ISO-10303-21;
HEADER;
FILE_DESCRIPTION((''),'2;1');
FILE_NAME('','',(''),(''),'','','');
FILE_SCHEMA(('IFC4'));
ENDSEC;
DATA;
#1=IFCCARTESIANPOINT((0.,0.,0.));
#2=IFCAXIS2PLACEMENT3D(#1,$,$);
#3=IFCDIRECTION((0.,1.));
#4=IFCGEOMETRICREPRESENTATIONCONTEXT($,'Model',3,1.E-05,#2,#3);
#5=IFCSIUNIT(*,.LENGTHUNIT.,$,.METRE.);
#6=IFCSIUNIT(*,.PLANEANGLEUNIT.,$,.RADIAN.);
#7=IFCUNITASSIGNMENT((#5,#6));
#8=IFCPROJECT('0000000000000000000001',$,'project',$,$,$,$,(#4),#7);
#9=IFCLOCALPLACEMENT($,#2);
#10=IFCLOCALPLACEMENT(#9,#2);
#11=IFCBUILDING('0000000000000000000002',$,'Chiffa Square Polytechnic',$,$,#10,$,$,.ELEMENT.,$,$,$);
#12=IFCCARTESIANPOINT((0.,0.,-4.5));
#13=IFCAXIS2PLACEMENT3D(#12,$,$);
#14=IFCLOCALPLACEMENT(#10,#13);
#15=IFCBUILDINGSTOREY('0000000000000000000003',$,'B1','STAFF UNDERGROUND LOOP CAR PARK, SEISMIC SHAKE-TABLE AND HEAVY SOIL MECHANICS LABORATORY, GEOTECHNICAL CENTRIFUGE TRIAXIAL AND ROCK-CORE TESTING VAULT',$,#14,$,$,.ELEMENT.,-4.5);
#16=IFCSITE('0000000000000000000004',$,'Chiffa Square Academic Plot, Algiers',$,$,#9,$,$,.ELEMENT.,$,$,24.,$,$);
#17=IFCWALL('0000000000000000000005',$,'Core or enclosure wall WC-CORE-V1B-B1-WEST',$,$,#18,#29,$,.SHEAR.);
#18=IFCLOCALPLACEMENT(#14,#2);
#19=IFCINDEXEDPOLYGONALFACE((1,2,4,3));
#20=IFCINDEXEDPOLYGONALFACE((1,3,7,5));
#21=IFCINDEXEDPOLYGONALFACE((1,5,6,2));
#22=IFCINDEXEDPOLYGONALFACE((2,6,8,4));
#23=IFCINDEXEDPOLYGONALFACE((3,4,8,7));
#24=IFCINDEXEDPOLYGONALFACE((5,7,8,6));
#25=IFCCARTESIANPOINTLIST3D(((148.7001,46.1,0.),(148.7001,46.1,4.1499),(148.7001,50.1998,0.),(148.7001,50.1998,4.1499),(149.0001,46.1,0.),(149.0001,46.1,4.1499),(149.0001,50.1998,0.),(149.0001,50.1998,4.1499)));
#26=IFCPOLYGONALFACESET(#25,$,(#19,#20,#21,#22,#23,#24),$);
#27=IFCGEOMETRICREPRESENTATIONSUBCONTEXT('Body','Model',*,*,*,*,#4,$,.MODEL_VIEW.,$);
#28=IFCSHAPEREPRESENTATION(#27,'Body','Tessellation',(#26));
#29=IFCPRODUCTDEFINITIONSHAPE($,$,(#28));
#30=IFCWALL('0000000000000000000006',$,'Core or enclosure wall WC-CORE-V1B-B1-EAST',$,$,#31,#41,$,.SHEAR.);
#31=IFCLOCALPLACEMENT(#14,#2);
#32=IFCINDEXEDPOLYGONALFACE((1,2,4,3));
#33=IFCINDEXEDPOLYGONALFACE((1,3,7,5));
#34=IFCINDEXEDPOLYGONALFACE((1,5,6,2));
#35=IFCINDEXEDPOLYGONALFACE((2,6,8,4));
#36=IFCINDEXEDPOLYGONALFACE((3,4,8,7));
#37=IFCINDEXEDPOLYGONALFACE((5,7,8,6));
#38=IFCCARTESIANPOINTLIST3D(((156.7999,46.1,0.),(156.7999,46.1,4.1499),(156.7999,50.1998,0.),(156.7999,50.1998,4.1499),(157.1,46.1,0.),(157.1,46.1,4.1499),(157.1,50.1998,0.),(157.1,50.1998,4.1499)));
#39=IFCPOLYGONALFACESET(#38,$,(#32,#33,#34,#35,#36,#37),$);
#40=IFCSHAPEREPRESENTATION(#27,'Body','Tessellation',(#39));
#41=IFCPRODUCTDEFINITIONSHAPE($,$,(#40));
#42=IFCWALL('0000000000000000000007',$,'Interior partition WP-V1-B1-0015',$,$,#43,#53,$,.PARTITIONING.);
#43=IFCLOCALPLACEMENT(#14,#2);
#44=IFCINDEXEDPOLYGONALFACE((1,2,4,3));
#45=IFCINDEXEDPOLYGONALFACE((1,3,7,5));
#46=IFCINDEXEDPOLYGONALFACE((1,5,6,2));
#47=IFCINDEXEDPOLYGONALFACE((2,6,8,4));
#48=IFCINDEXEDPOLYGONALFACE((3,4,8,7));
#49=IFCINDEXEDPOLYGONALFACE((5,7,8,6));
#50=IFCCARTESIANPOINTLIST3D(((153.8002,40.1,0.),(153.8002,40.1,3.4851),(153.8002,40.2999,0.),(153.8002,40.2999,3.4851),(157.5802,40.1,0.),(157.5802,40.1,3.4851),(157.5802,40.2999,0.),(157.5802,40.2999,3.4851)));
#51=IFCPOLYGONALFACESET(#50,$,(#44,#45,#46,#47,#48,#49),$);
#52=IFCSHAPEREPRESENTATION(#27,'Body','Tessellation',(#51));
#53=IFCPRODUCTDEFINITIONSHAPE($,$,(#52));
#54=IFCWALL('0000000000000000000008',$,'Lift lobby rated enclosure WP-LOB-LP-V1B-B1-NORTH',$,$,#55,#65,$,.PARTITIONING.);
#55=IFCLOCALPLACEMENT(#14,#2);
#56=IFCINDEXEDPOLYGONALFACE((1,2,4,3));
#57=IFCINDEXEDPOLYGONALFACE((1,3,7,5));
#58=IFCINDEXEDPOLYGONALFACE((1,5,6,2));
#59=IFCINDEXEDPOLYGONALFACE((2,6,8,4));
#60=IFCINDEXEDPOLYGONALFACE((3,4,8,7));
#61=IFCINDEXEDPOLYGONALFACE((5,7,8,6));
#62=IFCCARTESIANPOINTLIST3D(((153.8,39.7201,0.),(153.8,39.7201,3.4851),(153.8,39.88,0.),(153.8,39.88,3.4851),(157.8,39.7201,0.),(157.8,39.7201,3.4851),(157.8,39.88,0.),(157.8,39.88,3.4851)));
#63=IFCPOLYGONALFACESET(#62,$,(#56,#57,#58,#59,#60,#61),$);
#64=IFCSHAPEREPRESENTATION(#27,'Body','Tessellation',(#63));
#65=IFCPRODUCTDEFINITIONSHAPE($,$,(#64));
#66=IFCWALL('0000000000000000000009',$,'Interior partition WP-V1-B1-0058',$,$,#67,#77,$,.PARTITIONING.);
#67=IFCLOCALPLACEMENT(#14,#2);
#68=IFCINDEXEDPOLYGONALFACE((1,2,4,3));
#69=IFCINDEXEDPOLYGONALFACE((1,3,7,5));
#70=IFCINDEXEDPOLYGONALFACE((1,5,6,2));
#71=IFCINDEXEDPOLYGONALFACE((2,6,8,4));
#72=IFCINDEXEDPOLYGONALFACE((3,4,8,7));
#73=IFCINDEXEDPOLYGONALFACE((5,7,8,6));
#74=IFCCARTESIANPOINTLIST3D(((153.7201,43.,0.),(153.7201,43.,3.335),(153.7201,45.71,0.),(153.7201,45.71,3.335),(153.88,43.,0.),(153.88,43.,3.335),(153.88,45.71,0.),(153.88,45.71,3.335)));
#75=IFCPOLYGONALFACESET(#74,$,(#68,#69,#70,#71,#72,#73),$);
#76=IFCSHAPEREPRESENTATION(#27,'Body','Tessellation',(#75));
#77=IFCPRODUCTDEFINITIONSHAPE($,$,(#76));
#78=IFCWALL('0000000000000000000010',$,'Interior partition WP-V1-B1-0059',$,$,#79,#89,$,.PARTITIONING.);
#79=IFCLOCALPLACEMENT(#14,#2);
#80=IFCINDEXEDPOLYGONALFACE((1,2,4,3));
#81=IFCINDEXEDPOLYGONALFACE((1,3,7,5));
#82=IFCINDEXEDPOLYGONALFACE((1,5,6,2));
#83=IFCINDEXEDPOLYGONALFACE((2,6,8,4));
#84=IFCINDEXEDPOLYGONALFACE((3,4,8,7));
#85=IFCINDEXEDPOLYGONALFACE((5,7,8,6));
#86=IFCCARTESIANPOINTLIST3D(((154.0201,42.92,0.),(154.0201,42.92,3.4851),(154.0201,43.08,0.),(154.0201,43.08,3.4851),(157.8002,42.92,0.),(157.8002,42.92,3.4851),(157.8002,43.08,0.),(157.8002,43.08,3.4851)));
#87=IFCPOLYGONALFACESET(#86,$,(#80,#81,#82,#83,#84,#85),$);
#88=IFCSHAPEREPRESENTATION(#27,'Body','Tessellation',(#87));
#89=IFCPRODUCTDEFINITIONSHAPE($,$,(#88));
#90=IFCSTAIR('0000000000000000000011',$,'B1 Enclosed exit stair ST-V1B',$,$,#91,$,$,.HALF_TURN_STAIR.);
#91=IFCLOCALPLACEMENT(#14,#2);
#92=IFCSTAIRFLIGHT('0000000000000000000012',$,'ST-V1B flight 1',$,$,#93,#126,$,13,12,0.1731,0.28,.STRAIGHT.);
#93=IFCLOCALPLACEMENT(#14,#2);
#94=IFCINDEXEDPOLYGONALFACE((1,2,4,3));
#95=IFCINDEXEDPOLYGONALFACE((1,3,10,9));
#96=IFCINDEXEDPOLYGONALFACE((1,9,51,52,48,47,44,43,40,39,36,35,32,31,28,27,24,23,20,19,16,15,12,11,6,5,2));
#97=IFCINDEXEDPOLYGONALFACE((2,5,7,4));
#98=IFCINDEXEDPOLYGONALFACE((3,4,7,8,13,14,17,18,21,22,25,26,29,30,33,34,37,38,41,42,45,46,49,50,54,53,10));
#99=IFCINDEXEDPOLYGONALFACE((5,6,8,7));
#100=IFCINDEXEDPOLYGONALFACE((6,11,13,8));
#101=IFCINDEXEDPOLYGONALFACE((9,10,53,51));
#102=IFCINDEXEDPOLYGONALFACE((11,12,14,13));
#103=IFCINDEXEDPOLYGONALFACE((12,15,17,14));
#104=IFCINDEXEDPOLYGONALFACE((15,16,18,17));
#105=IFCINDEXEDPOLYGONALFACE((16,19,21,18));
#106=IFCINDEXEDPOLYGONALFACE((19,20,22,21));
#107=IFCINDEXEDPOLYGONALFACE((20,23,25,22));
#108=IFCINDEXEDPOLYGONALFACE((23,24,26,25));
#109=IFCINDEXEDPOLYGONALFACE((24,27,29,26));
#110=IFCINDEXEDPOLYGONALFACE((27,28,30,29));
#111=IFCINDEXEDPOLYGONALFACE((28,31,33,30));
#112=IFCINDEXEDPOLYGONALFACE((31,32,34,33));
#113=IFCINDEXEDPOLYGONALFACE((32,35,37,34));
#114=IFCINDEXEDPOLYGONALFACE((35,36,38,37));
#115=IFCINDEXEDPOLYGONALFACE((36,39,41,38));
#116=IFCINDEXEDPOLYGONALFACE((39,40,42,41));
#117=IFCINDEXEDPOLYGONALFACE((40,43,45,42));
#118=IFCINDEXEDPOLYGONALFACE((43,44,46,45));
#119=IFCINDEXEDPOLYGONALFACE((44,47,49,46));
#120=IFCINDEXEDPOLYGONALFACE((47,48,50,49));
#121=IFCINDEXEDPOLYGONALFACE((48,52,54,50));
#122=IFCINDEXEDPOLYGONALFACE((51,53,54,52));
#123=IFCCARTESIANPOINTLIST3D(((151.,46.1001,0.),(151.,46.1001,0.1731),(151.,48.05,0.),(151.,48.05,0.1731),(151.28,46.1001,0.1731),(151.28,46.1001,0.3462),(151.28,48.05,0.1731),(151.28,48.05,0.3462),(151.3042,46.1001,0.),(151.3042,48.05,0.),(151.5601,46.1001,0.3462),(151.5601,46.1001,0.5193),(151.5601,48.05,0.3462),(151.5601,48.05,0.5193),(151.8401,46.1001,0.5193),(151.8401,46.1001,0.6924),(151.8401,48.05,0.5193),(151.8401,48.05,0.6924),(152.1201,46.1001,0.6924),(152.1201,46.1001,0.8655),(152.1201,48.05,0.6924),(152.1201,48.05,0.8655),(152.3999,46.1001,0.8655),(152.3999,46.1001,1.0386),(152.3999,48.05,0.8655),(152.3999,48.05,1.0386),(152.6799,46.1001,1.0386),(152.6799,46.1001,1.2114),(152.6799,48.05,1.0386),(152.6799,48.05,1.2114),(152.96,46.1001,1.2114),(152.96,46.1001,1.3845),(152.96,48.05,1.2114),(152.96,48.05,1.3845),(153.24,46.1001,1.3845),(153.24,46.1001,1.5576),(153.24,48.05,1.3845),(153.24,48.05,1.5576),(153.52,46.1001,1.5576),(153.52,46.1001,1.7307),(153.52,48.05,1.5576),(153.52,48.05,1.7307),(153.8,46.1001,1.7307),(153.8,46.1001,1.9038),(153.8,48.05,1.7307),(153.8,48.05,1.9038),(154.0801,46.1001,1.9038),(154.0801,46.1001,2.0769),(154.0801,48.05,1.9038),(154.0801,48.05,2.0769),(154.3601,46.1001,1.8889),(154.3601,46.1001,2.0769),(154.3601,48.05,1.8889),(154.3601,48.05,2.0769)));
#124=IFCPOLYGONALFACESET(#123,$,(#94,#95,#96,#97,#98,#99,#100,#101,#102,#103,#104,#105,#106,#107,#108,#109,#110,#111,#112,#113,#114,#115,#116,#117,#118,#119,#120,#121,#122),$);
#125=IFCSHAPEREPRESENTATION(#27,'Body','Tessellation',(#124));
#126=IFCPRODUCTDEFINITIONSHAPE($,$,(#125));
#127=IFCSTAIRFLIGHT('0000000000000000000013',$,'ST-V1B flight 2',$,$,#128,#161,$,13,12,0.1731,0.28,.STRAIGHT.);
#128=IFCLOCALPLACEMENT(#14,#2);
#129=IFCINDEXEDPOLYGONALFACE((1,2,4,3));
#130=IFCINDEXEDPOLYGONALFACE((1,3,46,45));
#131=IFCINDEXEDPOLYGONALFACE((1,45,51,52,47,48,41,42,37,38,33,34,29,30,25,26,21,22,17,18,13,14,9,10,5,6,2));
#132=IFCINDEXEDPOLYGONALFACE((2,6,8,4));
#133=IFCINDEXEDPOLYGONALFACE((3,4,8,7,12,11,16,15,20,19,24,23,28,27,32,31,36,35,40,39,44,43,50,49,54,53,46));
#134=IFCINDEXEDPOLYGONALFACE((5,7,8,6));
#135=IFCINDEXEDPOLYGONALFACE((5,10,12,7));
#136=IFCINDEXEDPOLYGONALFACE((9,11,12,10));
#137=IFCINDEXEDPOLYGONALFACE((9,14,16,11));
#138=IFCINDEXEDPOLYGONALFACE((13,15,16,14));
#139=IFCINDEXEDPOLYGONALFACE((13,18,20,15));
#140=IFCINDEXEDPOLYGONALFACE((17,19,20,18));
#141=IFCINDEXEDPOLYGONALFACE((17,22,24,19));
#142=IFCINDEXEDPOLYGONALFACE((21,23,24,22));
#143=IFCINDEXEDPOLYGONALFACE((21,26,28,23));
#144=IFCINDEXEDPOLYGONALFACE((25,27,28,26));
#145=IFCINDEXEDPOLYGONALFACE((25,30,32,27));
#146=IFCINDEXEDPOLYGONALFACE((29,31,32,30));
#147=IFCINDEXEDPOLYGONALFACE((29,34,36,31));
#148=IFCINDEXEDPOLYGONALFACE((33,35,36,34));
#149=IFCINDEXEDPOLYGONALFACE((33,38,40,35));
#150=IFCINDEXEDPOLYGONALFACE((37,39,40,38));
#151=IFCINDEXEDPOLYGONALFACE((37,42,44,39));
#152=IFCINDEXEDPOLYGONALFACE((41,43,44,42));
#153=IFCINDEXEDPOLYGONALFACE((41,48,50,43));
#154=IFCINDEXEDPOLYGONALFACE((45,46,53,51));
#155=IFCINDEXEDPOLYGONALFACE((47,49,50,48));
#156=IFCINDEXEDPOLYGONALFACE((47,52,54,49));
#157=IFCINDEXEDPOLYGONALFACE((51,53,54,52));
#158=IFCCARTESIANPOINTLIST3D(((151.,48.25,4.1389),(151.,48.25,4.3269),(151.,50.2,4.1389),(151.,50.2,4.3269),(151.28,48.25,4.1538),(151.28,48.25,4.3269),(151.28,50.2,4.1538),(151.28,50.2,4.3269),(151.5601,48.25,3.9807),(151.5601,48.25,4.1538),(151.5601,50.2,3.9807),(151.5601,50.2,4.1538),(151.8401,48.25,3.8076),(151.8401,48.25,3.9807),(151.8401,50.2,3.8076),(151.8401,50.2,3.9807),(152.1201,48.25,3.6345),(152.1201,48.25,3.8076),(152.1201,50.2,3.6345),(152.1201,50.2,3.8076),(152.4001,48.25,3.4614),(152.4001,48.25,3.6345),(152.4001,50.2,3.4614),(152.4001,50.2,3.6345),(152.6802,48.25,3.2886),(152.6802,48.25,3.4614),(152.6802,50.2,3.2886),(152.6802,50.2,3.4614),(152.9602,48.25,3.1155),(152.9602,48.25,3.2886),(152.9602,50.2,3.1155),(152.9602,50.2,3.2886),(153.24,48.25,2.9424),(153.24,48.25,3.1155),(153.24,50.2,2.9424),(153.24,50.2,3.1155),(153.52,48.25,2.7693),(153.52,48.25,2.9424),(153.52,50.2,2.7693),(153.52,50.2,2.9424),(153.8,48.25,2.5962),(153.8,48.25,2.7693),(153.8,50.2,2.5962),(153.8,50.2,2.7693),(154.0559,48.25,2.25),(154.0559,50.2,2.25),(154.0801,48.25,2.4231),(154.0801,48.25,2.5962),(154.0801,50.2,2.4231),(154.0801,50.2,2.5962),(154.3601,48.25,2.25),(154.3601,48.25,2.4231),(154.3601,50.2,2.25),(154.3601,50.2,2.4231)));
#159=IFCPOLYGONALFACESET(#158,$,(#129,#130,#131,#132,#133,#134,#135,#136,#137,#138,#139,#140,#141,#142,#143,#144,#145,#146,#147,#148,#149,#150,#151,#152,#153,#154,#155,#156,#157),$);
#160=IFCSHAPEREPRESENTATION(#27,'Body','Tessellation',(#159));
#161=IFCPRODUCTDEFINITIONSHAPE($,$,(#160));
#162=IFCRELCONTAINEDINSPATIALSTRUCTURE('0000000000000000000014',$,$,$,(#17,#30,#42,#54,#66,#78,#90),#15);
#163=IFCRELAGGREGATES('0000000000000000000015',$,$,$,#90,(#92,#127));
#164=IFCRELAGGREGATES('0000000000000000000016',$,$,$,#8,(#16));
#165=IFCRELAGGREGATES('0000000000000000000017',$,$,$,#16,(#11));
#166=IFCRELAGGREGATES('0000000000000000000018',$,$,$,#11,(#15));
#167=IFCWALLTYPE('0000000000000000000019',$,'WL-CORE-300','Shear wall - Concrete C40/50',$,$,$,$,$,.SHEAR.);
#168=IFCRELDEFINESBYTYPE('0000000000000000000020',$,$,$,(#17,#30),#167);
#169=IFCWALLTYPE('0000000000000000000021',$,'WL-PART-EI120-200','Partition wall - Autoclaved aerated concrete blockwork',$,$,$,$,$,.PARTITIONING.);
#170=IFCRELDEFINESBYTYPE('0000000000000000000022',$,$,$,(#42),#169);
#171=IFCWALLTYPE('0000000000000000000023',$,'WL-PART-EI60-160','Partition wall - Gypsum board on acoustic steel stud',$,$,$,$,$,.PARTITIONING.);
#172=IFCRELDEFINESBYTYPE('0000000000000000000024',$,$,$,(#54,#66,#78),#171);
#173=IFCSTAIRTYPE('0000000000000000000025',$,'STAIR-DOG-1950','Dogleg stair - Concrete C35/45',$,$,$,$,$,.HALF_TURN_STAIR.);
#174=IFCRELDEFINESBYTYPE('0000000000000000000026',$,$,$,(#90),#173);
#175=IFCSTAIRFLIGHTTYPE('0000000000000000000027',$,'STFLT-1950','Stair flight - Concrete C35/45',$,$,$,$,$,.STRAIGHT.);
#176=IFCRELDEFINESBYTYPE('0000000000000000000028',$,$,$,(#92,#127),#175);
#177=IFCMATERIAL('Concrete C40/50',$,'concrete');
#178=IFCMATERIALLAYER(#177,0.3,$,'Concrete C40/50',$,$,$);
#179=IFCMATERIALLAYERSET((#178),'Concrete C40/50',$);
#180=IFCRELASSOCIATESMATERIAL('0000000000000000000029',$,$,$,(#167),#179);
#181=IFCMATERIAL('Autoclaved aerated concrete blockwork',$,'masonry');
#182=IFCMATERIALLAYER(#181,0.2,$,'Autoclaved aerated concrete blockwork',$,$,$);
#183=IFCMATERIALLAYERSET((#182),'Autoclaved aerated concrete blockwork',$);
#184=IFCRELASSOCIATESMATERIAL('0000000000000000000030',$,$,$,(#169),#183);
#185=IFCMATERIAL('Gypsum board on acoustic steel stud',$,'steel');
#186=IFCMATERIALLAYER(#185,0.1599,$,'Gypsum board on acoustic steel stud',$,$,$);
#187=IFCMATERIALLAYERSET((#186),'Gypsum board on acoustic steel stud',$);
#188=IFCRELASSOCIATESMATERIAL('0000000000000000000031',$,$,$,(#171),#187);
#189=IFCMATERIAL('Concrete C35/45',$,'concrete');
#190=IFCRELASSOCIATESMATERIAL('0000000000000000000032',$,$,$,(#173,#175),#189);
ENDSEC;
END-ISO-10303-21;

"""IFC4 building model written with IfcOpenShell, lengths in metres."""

from ifc_helpers import new_model, si_unit, direction, frame, frame_2d, origin, place, context, subcontext, project, spatial, polyline, rectangle, outline, extrude, material, layer, layer_set, type_object, element, aggregate, save


model = new_model("IFC4")

# Units and contexts
model_context = context("Model", 3, precision=1e-05, world=origin(), true_north=direction((0.0, 1.0)))
body_context = subcontext(model_context, "Body", "Model", "MODEL_VIEW")
ifc_project = project(units=[si_unit("LENGTHUNIT", "METRE"), si_unit("PLANEANGLEUNIT", "RADIAN")], contexts=[model_context])

# Site, building, storey
site_placement = place(None, origin())
site = spatial("IfcSite", under=ifc_project, at=site_placement, Name="Chiffa Square Academic Plot, Algiers", CompositionType="ELEMENT", RefElevation=24.0)
building_placement = place(site_placement, origin())
building = spatial("IfcBuilding", under=site, at=building_placement, Name="Chiffa Square Polytechnic", CompositionType="ELEMENT")
storey_placement = place(building_placement, frame((0.0, 0.0, -4.5)))
storey = spatial("IfcBuildingStorey", under=building, at=storey_placement, Name="B1", Description="STAFF UNDERGROUND LOOP CAR PARK, SEISMIC SHAKE-TABLE AND HEAVY SOIL MECHANICS LABORATORY, GEOTECHNICAL CENTRIFUGE TRIAXIAL AND ROCK-CORE TESTING VAULT", CompositionType="ELEMENT", Elevation=-4.5)

# Shared definitions
ifc_material_1 = material(Name="Concrete C35/45", Category="concrete")

# Shared definitions
ifc_material_2 = material(Name="Concrete C40/50", Category="concrete")

# Shared definitions
ifc_layer_1 = layer(ifc_material_2, 0.3, Name="Concrete C40/50")
ifc_layer_set_1 = layer_set([ifc_layer_1], Name="Concrete C40/50")
wall_type_1 = type_object("IfcWallType", Name="WL-CORE-300", Description="Shear wall - Concrete C40/50", PredefinedType="SHEAR", material=ifc_layer_set_1)

# Walls
for number, where, z_axis, x_axis, name in (
    (1, (148.8501, 46.1001, 0.0), (0.0, 0.0, 1.0), (0.0, 1.0, 0.0), "Core or enclosure wall WC-CORE-V1B-B1-WEST"),
    (2, (156.95, 46.1001, 0.0), (0.0, 0.0, 1.0), (0.0, 1.0, 0.0), "Core or enclosure wall WC-CORE-V1B-B1-EAST"),
):
    element("IfcWall", number, at=place(storey_placement, frame(where, z_axis=z_axis, x_axis=x_axis)), inside=storey, type_object=wall_type_1, Name=name, PredefinedType="SHEAR", context=body_context, shape_type="SweptSolid", body=[
        extrude(rectangle(XDim=4.0999, YDim=0.3, at=frame_2d((2.0498, 0.0))), origin(), (0.0, 0.0, 1.0), 4.1499),
    ])
ifc_material_3 = material(Name="Autoclaved aerated concrete blockwork", Category="masonry")
ifc_layer_2 = layer(ifc_material_3, 0.2, Name="Autoclaved aerated concrete blockwork")
ifc_layer_set_2 = layer_set([ifc_layer_2], Name="Autoclaved aerated concrete blockwork")
wall_type_2 = type_object("IfcWallType", Name="WL-PART-EI120-200", Description="Partition wall - Autoclaved aerated concrete blockwork", PredefinedType="PARTITIONING", material=ifc_layer_set_2)
wall_1_placement = place(storey_placement, frame((153.8, 40.2, 0.0), z_axis=(0.0, 0.0, 1.0), x_axis=(1.0, 0.0, 0.0)))
element("IfcWall", 3, at=wall_1_placement, inside=storey, type_object=wall_type_2, Name="Interior partition WP-V1-B1-0015", PredefinedType="PARTITIONING", context=body_context, shape_type="SweptSolid", body=[
    extrude(rectangle(XDim=3.78, YDim=0.2, at=frame_2d((1.8901, 0.0))), origin(), (0.0, 0.0, 1.0), 3.4851),
])
ifc_material_4 = material(Name="Gypsum board on acoustic steel stud", Category="steel")
ifc_layer_3 = layer(ifc_material_4, 0.1599, Name="Gypsum board on acoustic steel stud")
ifc_layer_set_3 = layer_set([ifc_layer_3], Name="Gypsum board on acoustic steel stud")
wall_type_3 = type_object("IfcWallType", Name="WL-PART-EI60-160", Description="Partition wall - Gypsum board on acoustic steel stud", PredefinedType="PARTITIONING", material=ifc_layer_set_3)
wall_2_placement = place(storey_placement, frame((153.8, 39.8, 0.0), z_axis=(0.0, 0.0, 1.0), x_axis=(1.0, 0.0, 0.0)))
element("IfcWall", 4, at=wall_2_placement, inside=storey, type_object=wall_type_3, Name="Lift lobby rated enclosure WP-LOB-LP-V1B-B1-NORTH", PredefinedType="PARTITIONING", context=body_context, shape_type="SweptSolid", body=[
    extrude(rectangle(XDim=4.0, YDim=0.1599, at=frame_2d((2.0, 0.0))), origin(), (0.0, 0.0, 1.0), 3.4851),
])
wall_3_placement = place(storey_placement, frame((153.8, 43.0, 0.0), z_axis=(0.0, 0.0, 1.0), x_axis=(0.0, 1.0, 0.0)))
element("IfcWall", 5, at=wall_3_placement, inside=storey, type_object=wall_type_3, Name="Interior partition WP-V1-B1-0058", PredefinedType="PARTITIONING", context=body_context, shape_type="SweptSolid", body=[
    extrude(rectangle(XDim=2.71, YDim=0.1599, at=frame_2d((1.355, 0.0))), origin(), (0.0, 0.0, 1.0), 3.335),
])
wall_4_placement = place(storey_placement, frame((154.02, 43.0, 0.0), z_axis=(0.0, 0.0, 1.0), x_axis=(1.0, 0.0, 0.0)))
element("IfcWall", 6, at=wall_4_placement, inside=storey, type_object=wall_type_3, Name="Interior partition WP-V1-B1-0059", PredefinedType="PARTITIONING", context=body_context, shape_type="SweptSolid", body=[
    extrude(rectangle(XDim=3.78, YDim=0.1599, at=frame_2d((1.8901, 0.0))), origin(), (0.0, 0.0, 1.0), 3.4851),
])

# Stair, stair flights
stair_type = type_object("IfcStairType", Name="STAIR-DOG-1950", Description="Dogleg stair - Concrete C35/45", PredefinedType="HALF_TURN_STAIR", material=ifc_material_1)
stair_placement = place(storey_placement, origin())
stair = element("IfcStair", 7, at=stair_placement, inside=storey, type_object=stair_type, Name="B1 Enclosed exit stair ST-V1B", PredefinedType="HALF_TURN_STAIR")
stair_flight_type = type_object("IfcStairFlightType", Name="STFLT-1950", Description="Stair flight - Concrete C35/45", PredefinedType="STRAIGHT", material=ifc_material_1)
stair_flight_1_placement = place(storey_placement, frame((151.0, 47.075, 0.0), z_axis=(0.0, 0.0, 1.0), x_axis=(1.0, 0.0, 0.0)))
stair_flight_1 = element("IfcStairFlight", 8, at=stair_flight_1_placement, type_object=stair_flight_type, Name="ST-V1B flight 1", NumberOfRisers=13, NumberOfTreads=12, PredefinedType="STRAIGHT", RiserHeight=0.1731, TreadLength=0.28, context=body_context, shape_type="SweptSolid", body=[
    extrude(outline(polyline([(0.0, 0.0), (0.0, 0.1731), (0.28, 0.1731), (0.28, 0.3462), (0.5601, 0.3462), (0.5601, 0.5193), (0.8401, 0.5193), (0.8401, 0.6924), (1.1201, 0.6924), (1.1201, 0.8655), (1.3999, 0.8655), (1.3999, 1.0386), (1.6799, 1.0386), (1.6799, 1.2114), (1.96, 1.2114), (1.96, 1.3845), (2.24, 1.3845), (2.24, 1.5576), (2.52, 1.5576), (2.52, 1.7307), (2.8, 1.7307), (2.8, 1.9038), (3.0801, 1.9038), (3.0801, 2.0769), (3.3601, 2.0769), (3.3601, 2.25), (3.3601, 1.8889), (0.3042, 0.0), (0.0, 0.0)])), frame((0.0, 0.9751, 0.0), z_axis=(0.0, -1.0, 0.0), x_axis=(1.0, 0.0, 0.0)), (0.0, 0.0, 1.0), 1.95),
])
stair_flight_2_placement = place(storey_placement, frame((154.3601, 49.2251, 2.25), z_axis=(0.0, 0.0, 1.0), x_axis=(-1.0, 0.0, 0.0)))
stair_flight_2 = element("IfcStairFlight", 9, at=stair_flight_2_placement, type_object=stair_flight_type, Name="ST-V1B flight 2", NumberOfRisers=13, NumberOfTreads=12, PredefinedType="STRAIGHT", RiserHeight=0.1731, TreadLength=0.28, context=body_context, shape_type="SweptSolid", body=[
    extrude(outline(polyline([(0.0, 0.0), (0.0, 0.1731), (0.28, 0.1731), (0.28, 0.3462), (0.5601, 0.3462), (0.5601, 0.5193), (0.8401, 0.5193), (0.8401, 0.6924), (1.1201, 0.6924), (1.1201, 0.8655), (1.3999, 0.8655), (1.3999, 1.0386), (1.6799, 1.0386), (1.6799, 1.2114), (1.96, 1.2114), (1.96, 1.3845), (2.24, 1.3845), (2.24, 1.5576), (2.52, 1.5576), (2.52, 1.7307), (2.8, 1.7307), (2.8, 1.9038), (3.0801, 1.9038), (3.0801, 2.0769), (3.3601, 2.0769), (3.3601, 2.25), (3.3601, 1.8889), (0.3042, 0.0), (0.0, 0.0)])), frame((0.0, 0.9751, 0.0), z_axis=(0.0, -1.0, 0.0), x_axis=(1.0, 0.0, 0.0)), (0.0, 0.0, 1.0), 1.95),
])
aggregate(stair, [stair_flight_1, stair_flight_2])

save(model, "model.ifc")
